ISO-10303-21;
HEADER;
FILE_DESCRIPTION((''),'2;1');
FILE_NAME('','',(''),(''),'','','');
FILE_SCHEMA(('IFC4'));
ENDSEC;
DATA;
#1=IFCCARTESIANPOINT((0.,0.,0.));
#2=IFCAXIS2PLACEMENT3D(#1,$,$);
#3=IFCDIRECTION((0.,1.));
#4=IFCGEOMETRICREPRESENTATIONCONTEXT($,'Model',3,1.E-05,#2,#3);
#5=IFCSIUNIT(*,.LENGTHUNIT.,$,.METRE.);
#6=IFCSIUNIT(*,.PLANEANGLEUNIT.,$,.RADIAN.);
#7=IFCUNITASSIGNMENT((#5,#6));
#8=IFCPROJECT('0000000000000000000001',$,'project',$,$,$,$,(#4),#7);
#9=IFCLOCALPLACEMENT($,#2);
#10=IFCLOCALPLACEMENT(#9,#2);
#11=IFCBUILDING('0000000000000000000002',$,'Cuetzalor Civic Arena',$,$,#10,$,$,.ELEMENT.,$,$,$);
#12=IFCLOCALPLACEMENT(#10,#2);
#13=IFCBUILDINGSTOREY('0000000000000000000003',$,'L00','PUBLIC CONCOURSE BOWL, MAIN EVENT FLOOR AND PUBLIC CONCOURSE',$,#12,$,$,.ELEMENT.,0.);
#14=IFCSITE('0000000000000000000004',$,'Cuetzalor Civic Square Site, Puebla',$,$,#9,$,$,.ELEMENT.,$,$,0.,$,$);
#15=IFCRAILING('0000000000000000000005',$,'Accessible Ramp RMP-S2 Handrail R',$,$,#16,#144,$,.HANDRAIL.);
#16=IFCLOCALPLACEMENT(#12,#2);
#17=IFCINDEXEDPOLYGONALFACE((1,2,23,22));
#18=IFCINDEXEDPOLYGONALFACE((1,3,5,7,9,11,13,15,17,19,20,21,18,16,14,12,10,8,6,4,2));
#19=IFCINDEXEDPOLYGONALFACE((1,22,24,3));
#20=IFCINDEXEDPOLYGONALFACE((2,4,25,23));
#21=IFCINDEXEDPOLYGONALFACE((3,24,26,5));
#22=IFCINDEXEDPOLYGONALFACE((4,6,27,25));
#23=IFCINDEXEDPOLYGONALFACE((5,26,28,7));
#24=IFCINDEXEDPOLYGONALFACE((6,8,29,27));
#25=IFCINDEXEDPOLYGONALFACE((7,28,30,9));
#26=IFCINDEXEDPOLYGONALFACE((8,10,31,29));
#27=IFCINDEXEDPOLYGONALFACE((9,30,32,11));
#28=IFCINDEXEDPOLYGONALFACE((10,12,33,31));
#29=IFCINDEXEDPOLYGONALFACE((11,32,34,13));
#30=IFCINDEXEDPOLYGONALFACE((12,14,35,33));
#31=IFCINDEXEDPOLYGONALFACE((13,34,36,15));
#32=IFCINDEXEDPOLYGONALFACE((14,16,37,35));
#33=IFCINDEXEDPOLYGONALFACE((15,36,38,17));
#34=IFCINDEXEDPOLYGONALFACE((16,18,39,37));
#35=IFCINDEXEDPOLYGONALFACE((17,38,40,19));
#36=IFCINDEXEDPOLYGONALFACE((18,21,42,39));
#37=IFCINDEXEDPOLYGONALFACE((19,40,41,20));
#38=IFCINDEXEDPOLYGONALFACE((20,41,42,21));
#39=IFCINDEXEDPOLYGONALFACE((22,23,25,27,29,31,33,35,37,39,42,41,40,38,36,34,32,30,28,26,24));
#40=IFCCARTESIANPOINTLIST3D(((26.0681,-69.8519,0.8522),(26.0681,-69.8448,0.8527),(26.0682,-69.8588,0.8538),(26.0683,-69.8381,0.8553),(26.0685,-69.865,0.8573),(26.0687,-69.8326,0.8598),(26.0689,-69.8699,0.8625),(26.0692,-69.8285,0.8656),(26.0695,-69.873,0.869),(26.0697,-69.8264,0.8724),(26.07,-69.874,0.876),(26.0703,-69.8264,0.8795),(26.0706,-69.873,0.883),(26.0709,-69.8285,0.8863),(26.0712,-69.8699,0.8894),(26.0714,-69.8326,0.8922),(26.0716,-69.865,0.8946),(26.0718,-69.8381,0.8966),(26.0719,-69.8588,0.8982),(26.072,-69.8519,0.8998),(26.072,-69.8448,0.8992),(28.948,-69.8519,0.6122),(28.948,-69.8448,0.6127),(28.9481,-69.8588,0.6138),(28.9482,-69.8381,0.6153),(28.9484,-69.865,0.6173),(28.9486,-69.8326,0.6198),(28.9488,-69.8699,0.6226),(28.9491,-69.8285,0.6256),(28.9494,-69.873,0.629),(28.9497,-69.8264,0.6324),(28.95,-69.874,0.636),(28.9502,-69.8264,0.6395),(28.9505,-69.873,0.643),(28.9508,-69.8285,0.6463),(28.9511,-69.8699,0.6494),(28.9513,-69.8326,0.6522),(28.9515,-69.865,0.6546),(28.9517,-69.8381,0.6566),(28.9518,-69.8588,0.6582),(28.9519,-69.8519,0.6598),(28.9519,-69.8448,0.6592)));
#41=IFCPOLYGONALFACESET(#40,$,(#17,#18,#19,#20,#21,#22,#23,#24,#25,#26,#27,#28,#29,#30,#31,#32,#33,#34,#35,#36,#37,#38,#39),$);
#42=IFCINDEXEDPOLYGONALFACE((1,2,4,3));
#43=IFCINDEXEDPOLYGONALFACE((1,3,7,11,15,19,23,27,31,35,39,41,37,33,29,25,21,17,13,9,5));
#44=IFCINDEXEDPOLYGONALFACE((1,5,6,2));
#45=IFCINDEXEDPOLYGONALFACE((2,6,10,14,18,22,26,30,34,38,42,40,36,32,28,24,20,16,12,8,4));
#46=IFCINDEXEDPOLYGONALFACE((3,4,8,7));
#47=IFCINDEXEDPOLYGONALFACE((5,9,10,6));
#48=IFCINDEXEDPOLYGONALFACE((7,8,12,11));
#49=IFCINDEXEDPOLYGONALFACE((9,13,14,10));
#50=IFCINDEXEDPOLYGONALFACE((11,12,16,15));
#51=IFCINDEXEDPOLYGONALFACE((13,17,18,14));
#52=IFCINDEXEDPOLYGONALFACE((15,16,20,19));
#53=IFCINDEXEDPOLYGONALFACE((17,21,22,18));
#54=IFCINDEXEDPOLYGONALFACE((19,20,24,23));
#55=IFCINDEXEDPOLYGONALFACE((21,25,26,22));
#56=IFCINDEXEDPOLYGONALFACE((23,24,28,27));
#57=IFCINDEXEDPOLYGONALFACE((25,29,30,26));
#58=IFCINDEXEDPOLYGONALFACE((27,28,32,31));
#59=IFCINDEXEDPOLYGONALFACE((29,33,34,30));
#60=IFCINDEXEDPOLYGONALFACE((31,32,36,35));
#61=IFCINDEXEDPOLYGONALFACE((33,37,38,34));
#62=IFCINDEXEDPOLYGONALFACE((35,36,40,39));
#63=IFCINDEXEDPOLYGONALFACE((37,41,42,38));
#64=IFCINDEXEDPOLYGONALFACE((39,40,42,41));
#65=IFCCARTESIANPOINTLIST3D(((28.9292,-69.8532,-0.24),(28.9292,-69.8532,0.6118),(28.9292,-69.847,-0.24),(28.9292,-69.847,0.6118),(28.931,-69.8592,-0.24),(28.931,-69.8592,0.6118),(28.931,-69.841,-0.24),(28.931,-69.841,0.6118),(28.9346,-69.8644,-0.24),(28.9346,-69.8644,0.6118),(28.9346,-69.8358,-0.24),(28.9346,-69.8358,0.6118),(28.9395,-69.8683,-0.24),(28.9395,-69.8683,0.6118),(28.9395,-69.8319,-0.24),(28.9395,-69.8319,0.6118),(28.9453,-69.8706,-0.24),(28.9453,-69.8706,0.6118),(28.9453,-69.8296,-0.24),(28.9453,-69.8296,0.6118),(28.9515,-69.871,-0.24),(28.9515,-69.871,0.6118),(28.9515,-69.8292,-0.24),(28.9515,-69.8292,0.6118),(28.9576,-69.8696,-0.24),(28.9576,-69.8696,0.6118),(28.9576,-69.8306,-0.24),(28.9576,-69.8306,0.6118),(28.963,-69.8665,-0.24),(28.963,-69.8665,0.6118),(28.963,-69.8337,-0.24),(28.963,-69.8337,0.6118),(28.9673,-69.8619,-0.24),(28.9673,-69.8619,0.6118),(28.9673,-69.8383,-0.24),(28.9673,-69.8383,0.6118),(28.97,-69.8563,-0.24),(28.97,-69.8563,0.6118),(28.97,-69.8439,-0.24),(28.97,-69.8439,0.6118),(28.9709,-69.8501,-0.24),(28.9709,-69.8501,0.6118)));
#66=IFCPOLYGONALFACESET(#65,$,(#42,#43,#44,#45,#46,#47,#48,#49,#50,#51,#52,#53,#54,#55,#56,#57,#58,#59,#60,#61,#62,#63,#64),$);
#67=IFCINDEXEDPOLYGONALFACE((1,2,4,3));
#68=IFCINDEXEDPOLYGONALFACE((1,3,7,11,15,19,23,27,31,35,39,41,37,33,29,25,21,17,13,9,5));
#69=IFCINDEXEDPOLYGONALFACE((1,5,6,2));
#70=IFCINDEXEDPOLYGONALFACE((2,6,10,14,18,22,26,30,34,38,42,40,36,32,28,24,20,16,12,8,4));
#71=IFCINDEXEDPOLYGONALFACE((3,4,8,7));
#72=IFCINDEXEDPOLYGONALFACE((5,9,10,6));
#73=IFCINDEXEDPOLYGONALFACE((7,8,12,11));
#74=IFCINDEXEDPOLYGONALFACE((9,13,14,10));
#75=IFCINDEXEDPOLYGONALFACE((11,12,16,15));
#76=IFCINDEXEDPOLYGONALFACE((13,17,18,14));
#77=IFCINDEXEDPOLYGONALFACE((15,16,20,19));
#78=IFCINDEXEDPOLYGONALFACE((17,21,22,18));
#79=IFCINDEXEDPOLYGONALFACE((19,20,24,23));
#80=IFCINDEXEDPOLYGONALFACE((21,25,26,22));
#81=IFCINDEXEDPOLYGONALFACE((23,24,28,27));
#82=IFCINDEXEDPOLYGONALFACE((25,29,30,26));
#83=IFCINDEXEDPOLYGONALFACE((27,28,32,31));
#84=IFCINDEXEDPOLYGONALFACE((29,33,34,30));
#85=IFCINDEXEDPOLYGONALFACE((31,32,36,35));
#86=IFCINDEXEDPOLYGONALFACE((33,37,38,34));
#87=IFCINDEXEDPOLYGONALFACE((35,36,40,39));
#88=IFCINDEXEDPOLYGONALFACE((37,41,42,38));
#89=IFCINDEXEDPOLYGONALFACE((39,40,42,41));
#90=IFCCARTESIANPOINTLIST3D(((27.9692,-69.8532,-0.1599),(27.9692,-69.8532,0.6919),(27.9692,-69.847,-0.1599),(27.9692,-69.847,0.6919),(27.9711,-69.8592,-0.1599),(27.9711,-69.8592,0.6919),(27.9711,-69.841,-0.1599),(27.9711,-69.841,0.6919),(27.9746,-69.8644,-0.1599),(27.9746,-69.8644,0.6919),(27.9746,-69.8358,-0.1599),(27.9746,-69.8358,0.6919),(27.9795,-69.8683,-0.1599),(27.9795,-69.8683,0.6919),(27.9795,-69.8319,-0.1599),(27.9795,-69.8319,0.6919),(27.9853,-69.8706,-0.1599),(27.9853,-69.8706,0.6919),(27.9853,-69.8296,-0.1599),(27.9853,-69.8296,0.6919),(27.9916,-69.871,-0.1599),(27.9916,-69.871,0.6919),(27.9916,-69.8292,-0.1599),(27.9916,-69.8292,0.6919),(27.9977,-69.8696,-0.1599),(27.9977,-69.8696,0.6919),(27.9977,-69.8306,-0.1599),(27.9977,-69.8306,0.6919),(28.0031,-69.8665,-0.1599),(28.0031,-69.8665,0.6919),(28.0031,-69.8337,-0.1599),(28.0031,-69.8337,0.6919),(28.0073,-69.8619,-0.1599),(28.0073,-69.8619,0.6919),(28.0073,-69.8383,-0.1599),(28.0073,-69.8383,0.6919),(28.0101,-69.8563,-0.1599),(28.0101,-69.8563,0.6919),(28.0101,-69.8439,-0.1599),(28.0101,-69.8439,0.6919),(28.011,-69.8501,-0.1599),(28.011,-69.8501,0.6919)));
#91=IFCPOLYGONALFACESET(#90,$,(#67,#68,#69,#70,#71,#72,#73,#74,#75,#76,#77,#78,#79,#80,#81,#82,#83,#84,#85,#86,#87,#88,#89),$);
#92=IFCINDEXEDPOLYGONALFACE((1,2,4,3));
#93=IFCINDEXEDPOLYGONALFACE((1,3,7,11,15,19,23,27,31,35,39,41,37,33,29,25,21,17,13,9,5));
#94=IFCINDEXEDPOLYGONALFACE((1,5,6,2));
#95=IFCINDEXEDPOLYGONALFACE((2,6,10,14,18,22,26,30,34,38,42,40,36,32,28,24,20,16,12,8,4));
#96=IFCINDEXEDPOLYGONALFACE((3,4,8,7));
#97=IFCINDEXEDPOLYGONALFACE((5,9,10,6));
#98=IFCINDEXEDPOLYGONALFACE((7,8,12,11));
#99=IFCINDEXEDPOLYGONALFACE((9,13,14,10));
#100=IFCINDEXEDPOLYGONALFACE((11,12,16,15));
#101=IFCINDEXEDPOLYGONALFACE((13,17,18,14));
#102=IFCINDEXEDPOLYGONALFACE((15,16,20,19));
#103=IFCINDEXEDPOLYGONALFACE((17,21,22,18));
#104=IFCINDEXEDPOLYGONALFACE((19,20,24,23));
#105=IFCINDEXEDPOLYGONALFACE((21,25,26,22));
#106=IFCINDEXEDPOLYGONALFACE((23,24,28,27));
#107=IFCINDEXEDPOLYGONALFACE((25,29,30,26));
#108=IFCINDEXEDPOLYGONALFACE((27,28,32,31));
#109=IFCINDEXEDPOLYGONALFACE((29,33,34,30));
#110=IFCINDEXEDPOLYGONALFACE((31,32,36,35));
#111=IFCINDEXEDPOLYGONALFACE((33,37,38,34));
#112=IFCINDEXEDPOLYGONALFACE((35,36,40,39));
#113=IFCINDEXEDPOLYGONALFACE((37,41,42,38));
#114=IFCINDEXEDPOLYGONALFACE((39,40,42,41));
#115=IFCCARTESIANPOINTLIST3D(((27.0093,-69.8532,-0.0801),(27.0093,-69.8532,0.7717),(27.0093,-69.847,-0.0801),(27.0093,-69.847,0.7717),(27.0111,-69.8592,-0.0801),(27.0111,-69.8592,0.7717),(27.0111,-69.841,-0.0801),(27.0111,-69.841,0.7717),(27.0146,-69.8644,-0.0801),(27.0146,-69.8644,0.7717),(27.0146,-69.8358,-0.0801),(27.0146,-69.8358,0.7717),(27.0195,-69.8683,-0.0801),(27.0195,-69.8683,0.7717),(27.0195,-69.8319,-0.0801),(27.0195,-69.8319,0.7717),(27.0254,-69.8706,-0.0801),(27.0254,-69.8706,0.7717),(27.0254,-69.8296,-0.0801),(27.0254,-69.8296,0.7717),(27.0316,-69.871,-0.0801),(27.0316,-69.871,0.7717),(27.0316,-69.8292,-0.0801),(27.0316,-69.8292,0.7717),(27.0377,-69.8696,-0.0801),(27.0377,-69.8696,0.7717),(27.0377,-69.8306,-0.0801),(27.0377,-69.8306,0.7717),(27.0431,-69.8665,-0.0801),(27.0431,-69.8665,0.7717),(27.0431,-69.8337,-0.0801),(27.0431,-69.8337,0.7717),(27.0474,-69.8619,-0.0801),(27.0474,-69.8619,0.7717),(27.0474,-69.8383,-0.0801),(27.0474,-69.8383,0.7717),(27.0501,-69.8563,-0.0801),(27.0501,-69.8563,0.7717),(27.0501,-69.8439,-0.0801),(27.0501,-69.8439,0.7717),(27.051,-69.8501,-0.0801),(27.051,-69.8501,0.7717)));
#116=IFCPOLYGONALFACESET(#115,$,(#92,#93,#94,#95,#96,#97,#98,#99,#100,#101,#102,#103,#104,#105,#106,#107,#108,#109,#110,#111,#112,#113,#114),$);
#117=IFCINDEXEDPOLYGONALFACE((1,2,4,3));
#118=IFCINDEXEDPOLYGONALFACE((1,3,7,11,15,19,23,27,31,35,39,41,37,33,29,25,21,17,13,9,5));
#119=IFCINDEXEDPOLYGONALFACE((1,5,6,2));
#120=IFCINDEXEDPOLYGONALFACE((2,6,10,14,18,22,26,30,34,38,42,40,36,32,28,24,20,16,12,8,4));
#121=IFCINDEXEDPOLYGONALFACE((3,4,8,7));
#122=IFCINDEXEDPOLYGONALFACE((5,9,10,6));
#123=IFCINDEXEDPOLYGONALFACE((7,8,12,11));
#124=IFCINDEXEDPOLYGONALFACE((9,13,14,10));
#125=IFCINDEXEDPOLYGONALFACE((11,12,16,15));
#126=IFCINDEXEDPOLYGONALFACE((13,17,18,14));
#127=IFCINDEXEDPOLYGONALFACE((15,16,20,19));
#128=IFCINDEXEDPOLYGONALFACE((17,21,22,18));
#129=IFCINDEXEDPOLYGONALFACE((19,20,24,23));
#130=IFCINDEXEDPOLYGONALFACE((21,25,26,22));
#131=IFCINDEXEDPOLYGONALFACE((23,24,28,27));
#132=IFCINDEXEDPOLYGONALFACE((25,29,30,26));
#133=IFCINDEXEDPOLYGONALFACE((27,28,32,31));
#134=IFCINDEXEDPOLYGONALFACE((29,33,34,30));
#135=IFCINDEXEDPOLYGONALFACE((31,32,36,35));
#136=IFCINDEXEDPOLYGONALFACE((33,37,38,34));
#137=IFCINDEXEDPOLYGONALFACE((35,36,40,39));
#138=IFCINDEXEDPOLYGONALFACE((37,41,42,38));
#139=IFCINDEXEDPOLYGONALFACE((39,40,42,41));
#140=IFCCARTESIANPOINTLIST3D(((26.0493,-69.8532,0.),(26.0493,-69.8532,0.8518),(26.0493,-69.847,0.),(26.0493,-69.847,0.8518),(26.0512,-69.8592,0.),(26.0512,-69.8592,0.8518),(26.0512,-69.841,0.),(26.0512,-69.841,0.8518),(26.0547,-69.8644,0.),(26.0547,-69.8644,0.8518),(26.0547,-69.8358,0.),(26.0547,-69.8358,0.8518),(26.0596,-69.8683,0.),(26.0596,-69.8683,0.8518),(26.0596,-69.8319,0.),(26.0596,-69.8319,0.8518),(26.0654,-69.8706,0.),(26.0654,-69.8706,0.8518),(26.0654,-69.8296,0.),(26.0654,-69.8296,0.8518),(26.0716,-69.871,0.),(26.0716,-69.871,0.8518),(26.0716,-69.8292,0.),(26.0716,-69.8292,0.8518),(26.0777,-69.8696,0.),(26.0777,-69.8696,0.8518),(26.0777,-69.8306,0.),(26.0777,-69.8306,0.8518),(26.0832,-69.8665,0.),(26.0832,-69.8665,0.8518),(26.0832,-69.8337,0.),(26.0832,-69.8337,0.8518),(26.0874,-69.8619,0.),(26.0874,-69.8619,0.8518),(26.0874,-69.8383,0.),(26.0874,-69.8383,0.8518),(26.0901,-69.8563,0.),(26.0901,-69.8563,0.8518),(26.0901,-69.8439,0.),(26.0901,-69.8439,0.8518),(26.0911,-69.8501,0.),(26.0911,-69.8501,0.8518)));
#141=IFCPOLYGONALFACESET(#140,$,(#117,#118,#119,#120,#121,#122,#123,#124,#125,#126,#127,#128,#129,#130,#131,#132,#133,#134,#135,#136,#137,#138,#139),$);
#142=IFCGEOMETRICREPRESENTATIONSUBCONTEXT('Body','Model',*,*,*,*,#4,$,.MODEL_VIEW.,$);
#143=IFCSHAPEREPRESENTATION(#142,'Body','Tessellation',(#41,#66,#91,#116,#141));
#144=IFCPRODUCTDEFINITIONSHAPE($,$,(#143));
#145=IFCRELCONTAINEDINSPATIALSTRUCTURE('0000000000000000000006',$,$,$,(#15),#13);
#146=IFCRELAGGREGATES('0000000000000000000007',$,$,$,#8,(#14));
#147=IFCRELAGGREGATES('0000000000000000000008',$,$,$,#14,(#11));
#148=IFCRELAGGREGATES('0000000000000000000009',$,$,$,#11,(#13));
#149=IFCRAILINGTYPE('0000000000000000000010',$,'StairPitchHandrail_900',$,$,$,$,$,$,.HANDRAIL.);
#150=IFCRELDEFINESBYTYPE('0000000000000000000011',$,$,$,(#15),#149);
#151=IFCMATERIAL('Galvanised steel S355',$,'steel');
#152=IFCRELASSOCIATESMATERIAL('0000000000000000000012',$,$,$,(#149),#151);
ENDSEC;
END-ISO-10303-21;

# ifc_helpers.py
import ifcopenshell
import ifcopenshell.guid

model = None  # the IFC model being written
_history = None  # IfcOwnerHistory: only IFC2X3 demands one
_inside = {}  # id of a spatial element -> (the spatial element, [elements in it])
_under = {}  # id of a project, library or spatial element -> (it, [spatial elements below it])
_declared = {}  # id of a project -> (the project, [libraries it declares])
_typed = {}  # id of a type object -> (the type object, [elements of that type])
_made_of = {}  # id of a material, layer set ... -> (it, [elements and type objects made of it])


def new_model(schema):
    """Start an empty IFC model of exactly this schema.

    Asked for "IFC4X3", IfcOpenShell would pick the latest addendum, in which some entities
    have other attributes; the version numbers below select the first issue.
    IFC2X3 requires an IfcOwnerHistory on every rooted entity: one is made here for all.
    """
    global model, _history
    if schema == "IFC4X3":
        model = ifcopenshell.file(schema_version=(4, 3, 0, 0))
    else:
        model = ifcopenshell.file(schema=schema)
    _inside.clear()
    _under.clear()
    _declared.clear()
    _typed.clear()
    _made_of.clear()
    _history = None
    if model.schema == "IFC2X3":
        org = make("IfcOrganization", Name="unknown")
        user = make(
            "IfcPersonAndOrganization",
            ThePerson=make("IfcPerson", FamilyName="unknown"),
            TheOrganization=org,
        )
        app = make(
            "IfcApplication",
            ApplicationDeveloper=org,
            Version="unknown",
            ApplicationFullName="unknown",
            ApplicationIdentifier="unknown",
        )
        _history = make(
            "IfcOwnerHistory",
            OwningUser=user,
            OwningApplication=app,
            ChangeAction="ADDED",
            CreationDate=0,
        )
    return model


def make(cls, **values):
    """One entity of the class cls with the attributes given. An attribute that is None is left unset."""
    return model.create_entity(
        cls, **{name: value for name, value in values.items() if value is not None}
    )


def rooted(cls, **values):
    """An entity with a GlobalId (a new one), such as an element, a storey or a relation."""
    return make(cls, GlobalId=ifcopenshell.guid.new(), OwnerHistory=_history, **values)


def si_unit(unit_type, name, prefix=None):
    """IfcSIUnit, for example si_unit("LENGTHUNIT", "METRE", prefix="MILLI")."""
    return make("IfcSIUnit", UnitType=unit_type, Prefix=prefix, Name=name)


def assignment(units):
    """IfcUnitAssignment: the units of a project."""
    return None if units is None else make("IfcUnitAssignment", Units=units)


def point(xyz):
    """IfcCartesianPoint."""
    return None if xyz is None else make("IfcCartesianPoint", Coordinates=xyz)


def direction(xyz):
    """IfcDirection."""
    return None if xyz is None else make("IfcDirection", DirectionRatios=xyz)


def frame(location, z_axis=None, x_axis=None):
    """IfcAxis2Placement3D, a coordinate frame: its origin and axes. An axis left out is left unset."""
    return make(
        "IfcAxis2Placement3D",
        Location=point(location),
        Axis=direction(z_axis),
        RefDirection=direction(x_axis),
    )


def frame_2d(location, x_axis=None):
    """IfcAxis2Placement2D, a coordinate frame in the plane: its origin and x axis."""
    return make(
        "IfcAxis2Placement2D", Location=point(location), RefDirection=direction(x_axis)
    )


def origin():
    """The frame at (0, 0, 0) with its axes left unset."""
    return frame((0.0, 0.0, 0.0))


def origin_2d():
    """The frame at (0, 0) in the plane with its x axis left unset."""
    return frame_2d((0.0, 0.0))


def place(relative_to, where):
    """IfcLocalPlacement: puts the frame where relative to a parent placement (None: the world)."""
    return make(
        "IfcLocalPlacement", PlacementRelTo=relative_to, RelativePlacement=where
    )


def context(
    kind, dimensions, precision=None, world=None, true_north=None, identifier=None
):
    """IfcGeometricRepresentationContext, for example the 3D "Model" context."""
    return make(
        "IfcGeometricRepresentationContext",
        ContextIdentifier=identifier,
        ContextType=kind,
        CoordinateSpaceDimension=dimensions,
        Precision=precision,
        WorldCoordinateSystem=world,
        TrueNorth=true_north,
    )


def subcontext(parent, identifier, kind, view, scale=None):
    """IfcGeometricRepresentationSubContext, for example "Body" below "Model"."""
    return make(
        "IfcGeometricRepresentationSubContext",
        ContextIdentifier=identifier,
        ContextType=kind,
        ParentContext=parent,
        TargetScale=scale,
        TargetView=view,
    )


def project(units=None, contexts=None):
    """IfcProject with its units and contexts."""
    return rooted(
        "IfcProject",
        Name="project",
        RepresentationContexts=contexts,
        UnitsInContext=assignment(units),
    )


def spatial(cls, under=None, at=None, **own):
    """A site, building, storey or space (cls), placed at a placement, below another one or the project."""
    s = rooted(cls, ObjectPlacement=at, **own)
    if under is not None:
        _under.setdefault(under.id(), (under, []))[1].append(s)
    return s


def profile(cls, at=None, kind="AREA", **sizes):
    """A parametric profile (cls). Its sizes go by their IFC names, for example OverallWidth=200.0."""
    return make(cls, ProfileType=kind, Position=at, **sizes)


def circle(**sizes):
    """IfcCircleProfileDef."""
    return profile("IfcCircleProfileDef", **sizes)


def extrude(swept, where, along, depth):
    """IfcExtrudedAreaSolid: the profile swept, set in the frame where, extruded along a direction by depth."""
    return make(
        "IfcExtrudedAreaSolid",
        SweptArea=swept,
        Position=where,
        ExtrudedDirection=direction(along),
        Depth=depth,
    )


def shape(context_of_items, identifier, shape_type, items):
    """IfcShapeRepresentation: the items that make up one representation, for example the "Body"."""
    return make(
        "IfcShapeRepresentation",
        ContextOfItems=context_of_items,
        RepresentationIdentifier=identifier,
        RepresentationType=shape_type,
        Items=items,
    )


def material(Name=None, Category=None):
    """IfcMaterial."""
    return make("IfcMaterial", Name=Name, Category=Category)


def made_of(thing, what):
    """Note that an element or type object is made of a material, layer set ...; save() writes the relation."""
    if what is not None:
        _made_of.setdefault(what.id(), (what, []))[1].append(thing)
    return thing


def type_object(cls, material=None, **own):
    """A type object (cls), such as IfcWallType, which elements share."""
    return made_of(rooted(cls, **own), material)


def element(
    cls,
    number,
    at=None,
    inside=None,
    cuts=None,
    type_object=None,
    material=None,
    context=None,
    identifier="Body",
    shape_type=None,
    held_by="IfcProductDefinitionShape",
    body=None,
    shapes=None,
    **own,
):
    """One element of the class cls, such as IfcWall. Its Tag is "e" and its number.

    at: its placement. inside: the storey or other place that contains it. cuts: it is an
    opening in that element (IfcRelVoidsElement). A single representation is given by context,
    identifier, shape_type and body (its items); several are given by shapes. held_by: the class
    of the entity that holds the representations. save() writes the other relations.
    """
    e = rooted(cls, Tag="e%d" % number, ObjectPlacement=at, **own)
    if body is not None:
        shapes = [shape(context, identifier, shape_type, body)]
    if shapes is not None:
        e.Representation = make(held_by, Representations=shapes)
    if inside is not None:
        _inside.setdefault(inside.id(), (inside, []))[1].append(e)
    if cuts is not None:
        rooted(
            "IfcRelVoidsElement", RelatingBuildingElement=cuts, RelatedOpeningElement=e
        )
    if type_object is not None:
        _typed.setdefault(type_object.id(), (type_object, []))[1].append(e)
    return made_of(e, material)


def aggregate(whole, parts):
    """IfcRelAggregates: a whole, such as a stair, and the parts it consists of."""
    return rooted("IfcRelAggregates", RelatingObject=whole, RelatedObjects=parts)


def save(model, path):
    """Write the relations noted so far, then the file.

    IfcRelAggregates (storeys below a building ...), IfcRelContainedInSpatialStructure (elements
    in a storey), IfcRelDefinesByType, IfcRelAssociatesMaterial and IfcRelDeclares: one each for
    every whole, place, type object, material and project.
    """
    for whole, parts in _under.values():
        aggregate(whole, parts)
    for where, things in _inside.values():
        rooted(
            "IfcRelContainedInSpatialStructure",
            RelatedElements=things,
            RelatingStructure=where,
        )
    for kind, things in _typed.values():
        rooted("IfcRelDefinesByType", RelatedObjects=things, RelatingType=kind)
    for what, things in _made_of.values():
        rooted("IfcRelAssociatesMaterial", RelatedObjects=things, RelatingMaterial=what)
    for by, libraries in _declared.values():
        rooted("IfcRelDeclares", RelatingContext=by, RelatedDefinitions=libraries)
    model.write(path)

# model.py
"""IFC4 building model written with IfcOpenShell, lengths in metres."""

from ifc_helpers import new_model, si_unit, direction, frame, origin, origin_2d, place, context, subcontext, project, spatial, circle, extrude, material, type_object, element, save


model = new_model("IFC4")

# Units and contexts
model_context = context("Model", 3, precision=1e-05, world=origin(), true_north=direction((0.0, 1.0)))
body_context = subcontext(model_context, "Body", "Model", "MODEL_VIEW")
ifc_project = project(units=[si_unit("LENGTHUNIT", "METRE"), si_unit("PLANEANGLEUNIT", "RADIAN")], contexts=[model_context])

# Site, building, storey
site_placement = place(None, origin())
site = spatial("IfcSite", under=ifc_project, at=site_placement, Name="Cuetzalor Civic Square Site, Puebla", CompositionType="ELEMENT", RefElevation=0.0)
building_placement = place(site_placement, origin())
building = spatial("IfcBuilding", under=site, at=building_placement, Name="Cuetzalor Civic Arena", CompositionType="ELEMENT")
storey_placement = place(building_placement, origin())
storey = spatial("IfcBuildingStorey", under=building, at=storey_placement, Name="L00", Description="PUBLIC CONCOURSE BOWL, MAIN EVENT FLOOR AND PUBLIC CONCOURSE", CompositionType="ELEMENT", Elevation=0.0)

# Railing
ifc_material_1 = material(Name="Galvanised steel S355", Category="steel")
railing_type = type_object("IfcRailingType", Name="StairPitchHandrail_900", PredefinedType="HANDRAIL", material=ifc_material_1)
for number, where, name in (
    (1, (28.95, -69.8501, -0.24), "Accessible Ramp RMP-S2 Handrail R"),
):
    element("IfcRailing", number, at=place(storey_placement, frame(where)), inside=storey, type_object=railing_type, Name=name, PredefinedType="HANDRAIL", context=body_context, shape_type="SweptSolid", body=[
        extrude(circle(Radius=0.0239, at=origin_2d()), frame((0.0, 0.0, 0.876), z_axis=(-0.996546, 0.0, 0.083045), x_axis=(0.0, -1.0, 0.0)), (0.0, 0.0, 1.0), 2.8899),
        extrude(circle(Radius=0.021, at=origin_2d()), origin(), (0.0, 0.0, 1.0), 0.8518),
        extrude(circle(Radius=0.021, at=origin_2d()), frame((-0.96, 0.0, 0.0801)), (0.0, 0.0, 1.0), 0.8518),
        extrude(circle(Radius=0.021, at=origin_2d()), frame((-1.9199, 0.0, 0.1599)), (0.0, 0.0, 1.0), 0.8518),
        extrude(circle(Radius=0.021, at=origin_2d()), frame((-2.8799, 0.0, 0.24)), (0.0, 0.0, 1.0), 0.8518),
    ])

save(model, "model.ifc")
